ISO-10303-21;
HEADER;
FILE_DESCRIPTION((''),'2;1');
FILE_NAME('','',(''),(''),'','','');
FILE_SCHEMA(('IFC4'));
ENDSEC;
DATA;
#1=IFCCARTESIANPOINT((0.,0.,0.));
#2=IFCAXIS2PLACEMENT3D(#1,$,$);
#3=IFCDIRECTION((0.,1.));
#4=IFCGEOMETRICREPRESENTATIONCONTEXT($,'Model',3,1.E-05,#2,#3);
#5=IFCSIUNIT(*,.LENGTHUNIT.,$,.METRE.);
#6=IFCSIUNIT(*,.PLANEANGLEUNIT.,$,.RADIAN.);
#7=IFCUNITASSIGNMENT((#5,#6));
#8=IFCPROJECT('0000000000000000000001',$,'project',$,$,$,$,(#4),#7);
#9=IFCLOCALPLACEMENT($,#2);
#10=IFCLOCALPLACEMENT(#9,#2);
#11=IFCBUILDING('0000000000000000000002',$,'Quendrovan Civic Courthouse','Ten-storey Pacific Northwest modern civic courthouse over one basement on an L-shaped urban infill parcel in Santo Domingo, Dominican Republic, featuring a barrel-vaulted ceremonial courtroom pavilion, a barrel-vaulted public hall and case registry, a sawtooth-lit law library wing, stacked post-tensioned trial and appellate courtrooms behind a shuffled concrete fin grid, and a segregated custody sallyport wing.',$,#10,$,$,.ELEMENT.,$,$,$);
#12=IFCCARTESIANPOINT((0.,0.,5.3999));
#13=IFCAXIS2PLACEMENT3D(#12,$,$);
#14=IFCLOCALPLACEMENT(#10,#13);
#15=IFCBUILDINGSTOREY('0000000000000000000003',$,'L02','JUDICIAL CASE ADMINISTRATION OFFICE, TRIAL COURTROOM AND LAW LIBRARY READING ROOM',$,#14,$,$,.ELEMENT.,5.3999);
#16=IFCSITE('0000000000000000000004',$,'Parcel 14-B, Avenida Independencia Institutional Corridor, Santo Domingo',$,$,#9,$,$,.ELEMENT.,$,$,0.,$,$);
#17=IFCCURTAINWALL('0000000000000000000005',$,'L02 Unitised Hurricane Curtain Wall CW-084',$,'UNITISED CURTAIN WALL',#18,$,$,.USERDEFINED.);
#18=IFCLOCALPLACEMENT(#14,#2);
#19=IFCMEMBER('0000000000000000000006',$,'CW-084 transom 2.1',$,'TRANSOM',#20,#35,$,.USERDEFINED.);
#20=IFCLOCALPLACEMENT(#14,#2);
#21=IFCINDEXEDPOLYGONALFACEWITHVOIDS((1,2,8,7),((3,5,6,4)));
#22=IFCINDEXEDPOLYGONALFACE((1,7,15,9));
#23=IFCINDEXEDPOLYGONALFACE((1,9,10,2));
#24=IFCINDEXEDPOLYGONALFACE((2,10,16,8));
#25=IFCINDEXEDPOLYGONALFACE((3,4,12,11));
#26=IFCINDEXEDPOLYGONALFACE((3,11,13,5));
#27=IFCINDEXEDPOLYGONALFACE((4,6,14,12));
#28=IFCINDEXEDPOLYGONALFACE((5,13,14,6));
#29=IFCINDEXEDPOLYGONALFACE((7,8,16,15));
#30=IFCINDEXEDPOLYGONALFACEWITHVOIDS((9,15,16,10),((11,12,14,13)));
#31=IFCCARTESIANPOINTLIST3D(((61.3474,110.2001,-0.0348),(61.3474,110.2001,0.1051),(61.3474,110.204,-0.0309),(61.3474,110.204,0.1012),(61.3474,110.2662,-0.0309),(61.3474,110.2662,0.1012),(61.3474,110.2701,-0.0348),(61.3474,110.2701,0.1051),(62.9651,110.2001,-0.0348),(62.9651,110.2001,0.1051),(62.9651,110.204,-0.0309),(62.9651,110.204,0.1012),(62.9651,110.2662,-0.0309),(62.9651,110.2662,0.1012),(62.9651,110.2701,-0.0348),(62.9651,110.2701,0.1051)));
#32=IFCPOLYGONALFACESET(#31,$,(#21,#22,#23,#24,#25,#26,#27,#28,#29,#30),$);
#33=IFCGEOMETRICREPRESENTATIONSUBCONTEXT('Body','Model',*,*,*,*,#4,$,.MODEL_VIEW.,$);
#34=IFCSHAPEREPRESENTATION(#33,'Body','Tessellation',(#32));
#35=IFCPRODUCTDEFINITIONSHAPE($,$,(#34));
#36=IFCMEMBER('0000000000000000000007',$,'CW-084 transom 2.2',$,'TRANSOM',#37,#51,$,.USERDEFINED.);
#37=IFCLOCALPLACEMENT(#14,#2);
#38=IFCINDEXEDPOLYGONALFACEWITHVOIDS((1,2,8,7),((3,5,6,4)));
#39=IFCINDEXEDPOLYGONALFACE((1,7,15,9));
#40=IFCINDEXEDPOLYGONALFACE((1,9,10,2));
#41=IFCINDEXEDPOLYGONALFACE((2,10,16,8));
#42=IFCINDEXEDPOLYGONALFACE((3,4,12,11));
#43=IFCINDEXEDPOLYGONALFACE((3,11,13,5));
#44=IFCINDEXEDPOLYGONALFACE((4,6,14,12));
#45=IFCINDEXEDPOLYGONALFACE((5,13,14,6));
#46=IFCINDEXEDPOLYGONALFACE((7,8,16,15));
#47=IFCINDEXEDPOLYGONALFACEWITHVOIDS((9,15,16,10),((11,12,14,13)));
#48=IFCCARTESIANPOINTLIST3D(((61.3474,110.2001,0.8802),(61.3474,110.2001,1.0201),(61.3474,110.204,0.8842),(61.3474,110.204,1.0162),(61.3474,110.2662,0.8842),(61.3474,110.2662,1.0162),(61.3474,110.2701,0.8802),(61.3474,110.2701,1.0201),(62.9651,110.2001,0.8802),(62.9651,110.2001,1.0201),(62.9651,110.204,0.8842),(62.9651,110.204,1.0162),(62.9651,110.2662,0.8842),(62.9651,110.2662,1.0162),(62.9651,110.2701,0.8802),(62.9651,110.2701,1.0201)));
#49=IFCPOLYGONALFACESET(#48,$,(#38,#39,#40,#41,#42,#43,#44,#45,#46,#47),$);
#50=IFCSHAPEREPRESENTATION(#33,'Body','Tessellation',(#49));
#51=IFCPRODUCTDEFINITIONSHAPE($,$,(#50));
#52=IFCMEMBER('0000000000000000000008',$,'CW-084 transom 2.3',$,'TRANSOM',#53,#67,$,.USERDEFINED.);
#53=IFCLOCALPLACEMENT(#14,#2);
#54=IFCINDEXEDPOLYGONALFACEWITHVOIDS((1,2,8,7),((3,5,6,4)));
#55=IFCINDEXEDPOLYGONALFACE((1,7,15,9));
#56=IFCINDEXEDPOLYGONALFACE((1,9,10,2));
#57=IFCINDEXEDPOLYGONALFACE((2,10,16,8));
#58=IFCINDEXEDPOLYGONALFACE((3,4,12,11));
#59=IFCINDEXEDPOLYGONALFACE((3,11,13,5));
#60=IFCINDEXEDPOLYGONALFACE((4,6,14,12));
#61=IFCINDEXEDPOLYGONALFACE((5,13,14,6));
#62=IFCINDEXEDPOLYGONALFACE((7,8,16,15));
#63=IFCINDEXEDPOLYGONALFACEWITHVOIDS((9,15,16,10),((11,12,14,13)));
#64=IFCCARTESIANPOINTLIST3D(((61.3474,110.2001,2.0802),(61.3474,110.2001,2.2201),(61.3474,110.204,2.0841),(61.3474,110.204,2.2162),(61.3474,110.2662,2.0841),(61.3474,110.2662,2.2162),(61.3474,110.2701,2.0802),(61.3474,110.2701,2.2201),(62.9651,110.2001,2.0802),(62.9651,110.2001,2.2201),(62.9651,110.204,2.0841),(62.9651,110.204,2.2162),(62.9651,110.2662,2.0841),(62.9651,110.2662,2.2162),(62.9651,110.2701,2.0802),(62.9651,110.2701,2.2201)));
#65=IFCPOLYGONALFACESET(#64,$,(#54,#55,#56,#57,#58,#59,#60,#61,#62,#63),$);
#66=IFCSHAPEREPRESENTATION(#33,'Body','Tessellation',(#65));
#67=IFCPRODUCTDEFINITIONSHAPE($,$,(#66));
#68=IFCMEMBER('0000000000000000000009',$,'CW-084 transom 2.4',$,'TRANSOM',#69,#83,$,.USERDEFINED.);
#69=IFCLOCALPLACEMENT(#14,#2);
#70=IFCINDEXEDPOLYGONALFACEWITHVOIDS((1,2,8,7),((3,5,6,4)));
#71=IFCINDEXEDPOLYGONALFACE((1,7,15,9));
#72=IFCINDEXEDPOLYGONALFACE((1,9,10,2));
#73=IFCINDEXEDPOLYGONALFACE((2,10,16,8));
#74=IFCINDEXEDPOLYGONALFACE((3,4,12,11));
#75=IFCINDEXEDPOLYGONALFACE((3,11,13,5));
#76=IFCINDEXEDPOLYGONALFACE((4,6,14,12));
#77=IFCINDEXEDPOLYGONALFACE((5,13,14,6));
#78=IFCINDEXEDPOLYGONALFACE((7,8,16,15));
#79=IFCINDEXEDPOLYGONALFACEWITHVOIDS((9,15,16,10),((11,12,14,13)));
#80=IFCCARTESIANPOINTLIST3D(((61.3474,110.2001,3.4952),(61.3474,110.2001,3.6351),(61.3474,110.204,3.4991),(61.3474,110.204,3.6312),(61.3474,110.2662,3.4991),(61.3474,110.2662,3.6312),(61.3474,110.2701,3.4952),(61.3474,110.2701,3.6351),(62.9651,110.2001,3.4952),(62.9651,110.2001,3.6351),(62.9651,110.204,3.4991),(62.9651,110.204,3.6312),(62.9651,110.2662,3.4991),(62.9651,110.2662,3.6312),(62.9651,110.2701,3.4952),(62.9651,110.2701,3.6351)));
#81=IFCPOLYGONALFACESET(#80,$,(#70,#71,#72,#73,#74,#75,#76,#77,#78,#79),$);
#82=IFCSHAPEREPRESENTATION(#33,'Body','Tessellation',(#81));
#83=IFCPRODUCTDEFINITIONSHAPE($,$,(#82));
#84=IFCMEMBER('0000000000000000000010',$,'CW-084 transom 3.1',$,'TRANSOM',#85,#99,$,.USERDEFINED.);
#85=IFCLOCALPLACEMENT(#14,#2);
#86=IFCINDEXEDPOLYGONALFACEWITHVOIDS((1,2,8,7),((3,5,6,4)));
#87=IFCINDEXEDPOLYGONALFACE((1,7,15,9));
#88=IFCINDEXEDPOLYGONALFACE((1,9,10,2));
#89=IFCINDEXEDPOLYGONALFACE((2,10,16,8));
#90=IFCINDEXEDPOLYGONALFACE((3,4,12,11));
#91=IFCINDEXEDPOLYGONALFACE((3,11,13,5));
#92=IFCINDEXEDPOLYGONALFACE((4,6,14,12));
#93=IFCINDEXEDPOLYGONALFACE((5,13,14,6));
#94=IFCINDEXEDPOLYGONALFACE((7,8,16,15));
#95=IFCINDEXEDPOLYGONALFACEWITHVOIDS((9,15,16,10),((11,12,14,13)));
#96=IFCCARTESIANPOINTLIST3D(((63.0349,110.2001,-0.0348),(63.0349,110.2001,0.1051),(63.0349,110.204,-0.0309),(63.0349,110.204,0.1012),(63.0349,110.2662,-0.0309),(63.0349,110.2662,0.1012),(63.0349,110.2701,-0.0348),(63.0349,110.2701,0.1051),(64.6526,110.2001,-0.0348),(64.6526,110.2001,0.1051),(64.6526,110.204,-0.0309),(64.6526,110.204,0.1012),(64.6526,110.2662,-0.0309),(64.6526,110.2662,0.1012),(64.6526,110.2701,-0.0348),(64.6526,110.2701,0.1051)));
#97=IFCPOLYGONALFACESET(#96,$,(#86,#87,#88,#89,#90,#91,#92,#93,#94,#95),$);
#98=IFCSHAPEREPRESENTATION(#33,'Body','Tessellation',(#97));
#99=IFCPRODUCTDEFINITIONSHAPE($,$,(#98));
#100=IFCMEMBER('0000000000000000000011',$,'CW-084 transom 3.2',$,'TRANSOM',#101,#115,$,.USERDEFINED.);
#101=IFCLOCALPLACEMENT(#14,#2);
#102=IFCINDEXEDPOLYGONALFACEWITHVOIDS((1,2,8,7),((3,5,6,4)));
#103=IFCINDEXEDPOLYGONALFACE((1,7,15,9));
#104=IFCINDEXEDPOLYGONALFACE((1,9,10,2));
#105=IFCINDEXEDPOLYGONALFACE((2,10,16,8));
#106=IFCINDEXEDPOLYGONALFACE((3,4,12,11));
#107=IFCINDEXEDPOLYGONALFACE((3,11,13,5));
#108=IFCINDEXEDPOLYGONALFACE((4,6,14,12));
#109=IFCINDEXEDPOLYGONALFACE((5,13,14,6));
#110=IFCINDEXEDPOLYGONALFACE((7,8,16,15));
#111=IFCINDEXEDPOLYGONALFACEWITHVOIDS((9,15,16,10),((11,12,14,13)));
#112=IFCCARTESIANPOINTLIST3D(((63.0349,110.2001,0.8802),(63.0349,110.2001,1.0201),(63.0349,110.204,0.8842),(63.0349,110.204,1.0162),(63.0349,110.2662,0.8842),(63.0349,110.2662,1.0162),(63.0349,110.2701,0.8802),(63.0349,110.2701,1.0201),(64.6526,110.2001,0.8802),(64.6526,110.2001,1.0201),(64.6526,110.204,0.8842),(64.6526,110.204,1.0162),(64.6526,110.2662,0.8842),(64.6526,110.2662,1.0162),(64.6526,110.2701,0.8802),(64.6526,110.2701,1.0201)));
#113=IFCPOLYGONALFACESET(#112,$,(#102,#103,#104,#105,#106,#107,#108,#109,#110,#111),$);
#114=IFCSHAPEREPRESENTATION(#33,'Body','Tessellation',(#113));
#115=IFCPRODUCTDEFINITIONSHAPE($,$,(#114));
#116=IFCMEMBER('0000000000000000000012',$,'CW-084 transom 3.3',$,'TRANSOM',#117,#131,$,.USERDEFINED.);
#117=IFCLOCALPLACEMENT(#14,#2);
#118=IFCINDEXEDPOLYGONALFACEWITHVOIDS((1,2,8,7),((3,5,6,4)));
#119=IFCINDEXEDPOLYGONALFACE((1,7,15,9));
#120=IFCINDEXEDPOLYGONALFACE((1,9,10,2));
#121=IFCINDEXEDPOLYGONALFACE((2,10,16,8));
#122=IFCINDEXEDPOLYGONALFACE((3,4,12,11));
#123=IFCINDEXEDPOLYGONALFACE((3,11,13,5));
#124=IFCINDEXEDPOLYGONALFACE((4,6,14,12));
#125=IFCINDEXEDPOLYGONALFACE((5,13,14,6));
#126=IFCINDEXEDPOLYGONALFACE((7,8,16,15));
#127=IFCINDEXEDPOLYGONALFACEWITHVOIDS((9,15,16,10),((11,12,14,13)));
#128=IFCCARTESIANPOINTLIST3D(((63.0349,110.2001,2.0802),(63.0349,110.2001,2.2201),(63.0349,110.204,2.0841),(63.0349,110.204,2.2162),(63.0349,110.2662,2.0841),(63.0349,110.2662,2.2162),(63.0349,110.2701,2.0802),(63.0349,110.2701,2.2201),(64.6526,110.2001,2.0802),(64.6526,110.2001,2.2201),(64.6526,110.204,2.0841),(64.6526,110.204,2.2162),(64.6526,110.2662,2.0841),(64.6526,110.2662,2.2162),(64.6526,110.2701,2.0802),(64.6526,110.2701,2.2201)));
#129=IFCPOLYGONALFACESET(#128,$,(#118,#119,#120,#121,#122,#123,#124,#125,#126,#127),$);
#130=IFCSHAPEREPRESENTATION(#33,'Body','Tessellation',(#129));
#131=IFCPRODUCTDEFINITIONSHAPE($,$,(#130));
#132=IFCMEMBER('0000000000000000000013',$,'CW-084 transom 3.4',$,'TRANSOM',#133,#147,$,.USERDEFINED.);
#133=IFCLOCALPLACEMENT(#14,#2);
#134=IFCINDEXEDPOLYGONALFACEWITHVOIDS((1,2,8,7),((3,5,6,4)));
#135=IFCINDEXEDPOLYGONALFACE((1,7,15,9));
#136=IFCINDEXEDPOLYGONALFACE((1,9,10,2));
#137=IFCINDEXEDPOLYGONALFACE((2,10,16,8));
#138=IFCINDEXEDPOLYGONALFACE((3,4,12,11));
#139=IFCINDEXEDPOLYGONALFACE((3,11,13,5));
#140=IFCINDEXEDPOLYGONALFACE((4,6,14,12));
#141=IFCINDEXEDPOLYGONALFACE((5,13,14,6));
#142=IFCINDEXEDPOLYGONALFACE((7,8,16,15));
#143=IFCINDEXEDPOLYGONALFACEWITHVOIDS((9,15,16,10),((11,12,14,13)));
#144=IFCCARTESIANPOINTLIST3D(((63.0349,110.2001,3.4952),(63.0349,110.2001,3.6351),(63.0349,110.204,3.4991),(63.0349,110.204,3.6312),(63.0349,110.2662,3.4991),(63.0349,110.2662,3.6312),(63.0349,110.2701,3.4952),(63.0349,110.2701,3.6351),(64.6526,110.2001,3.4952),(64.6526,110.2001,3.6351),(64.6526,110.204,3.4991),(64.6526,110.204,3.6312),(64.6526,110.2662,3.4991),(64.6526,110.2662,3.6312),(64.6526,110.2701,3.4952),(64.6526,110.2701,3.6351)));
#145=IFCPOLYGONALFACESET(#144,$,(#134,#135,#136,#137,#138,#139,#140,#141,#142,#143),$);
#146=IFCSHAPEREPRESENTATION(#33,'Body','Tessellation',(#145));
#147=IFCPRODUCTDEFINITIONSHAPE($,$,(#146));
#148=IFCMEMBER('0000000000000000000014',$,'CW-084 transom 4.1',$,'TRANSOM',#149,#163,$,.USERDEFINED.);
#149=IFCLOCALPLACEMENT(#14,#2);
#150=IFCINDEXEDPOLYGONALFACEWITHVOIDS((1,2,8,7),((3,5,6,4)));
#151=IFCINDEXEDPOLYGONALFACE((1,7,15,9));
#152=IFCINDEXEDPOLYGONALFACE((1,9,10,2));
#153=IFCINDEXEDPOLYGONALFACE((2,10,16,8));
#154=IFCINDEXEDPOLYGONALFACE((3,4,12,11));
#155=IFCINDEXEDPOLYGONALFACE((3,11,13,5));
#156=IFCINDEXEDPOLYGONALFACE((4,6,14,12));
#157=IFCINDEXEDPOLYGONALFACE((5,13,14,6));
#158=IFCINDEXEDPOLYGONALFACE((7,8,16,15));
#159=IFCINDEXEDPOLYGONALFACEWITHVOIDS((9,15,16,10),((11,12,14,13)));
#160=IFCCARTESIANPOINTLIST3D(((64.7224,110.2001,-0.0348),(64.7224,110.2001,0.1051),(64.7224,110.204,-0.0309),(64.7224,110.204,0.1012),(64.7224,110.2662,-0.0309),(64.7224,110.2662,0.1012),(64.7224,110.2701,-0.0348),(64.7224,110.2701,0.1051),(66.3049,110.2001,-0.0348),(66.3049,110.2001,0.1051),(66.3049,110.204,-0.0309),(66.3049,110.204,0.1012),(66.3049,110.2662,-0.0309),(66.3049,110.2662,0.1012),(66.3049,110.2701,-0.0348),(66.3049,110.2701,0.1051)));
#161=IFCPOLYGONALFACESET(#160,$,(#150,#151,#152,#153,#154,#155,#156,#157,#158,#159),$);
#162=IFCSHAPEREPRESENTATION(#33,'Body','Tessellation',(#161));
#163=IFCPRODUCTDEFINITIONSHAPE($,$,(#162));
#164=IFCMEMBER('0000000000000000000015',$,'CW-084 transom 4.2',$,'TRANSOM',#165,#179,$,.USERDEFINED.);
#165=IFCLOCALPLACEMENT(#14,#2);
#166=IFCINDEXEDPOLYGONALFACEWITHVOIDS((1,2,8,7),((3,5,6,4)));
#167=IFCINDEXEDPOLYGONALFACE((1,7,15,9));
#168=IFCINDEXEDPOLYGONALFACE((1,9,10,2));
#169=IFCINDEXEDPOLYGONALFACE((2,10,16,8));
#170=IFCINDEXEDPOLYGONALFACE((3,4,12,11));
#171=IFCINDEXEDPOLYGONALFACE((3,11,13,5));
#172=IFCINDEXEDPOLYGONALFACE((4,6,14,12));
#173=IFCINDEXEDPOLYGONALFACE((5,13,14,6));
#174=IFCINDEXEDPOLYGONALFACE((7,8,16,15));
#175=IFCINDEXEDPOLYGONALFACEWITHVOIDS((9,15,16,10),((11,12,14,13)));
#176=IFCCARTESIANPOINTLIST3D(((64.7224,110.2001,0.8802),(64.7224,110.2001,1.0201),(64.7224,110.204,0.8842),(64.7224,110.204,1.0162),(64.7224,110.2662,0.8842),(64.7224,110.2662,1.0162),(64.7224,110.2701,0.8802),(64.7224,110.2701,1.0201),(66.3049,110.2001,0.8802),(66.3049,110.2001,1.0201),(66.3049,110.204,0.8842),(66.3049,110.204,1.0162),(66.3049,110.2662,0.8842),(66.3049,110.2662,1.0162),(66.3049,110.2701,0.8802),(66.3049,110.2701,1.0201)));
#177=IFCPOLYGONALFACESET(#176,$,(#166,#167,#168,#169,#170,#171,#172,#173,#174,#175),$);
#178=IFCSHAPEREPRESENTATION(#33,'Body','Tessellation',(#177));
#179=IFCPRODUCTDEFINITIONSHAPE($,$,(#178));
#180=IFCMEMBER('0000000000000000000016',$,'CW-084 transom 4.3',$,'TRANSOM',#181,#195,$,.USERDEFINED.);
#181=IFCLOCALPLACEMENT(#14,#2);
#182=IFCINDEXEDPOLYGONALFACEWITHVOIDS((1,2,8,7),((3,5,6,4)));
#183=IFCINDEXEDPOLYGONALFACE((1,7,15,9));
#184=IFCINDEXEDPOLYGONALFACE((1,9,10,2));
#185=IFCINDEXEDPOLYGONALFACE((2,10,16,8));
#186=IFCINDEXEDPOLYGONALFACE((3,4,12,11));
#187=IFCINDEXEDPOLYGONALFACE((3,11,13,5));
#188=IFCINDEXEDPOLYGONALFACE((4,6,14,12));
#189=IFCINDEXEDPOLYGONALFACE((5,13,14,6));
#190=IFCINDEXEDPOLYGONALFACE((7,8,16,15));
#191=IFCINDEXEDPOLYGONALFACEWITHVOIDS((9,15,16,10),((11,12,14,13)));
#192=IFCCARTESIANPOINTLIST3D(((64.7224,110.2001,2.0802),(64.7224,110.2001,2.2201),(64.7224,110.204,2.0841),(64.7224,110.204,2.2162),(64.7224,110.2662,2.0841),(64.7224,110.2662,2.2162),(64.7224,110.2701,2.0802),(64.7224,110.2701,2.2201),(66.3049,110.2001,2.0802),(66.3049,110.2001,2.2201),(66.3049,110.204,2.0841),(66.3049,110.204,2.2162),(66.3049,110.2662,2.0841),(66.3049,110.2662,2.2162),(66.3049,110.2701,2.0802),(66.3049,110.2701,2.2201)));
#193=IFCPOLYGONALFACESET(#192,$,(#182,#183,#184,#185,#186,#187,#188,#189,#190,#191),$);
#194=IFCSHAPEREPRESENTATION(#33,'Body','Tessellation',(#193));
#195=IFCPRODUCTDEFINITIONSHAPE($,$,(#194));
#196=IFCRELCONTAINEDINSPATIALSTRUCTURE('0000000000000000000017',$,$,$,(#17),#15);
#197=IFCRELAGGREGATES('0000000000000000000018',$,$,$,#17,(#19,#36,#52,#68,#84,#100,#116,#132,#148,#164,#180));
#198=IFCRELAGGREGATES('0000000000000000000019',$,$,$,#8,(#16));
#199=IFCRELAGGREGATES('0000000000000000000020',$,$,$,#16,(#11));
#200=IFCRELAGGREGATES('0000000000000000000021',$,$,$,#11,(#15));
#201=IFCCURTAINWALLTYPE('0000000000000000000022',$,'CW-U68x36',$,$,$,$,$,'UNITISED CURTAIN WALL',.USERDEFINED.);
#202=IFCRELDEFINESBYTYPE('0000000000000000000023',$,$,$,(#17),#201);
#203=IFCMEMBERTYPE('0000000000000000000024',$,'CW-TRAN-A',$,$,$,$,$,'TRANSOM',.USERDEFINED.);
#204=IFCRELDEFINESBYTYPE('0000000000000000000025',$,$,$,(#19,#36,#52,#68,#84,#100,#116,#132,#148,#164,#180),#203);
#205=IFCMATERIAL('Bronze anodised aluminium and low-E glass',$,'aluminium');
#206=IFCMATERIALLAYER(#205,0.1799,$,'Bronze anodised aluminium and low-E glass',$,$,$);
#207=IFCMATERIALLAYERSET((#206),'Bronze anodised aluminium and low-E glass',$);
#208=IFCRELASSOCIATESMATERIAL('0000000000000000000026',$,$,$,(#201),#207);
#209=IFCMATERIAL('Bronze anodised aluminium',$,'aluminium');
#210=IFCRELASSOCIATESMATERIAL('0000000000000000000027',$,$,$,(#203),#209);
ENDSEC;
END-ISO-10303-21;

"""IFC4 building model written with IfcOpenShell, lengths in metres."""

from ifc_helpers import new_model, si_unit, direction, frame, origin, origin_2d, place, context, subcontext, project, spatial, hollow_rectangle, extrude, material, layer, layer_set, material_profile, profile_set, type_object, element, aggregate, save


model = new_model("IFC4")

# Units and contexts
model_context = context("Model", 3, precision=1e-05, world=origin(), true_north=direction((0.0, 1.0)))
body_context = subcontext(model_context, "Body", "Model", "MODEL_VIEW")
ifc_project = project(units=[si_unit("LENGTHUNIT", "METRE"), si_unit("PLANEANGLEUNIT", "RADIAN")], contexts=[model_context])

# Site, building, storey
site_placement = place(None, origin())
site = spatial("IfcSite", under=ifc_project, at=site_placement, Name="Parcel 14-B, Avenida Independencia Institutional Corridor, Santo Domingo", CompositionType="ELEMENT", RefElevation=0.0)
building_placement = place(site_placement, origin())
building = spatial("IfcBuilding", under=site, at=building_placement, Name="Quendrovan Civic Courthouse", Description="Ten-storey Pacific Northwest modern civic courthouse over one basement on an L-shaped urban infill parcel in Santo Domingo, Dominican Republic, featuring a barrel-vaulted ceremonial courtroom pavilion, a barrel-vaulted public hall and case registry, a sawtooth-lit law library wing, stacked post-tensioned trial and appellate courtrooms behind a shuffled concrete fin grid, and a segregated custody sallyport wing.", CompositionType="ELEMENT")
storey_placement = place(building_placement, frame((0.0, 0.0, 5.3999)))
storey = spatial("IfcBuildingStorey", under=building, at=storey_placement, Name="L02", Description="JUDICIAL CASE ADMINISTRATION OFFICE, TRIAL COURTROOM AND LAW LIBRARY READING ROOM", CompositionType="ELEMENT", Elevation=5.3999)

# Curtain wall
ifc_material_1 = material(Name="Bronze anodised aluminium and low-E glass", Category="aluminium")
ifc_layer_1 = layer(ifc_material_1, 0.1799, Name="Bronze anodised aluminium and low-E glass")
ifc_layer_set_1 = layer_set([ifc_layer_1], Name="Bronze anodised aluminium and low-E glass")
curtain_wall_type = type_object("IfcCurtainWallType", Name="CW-U68x36", ElementType="UNITISED CURTAIN WALL", PredefinedType="USERDEFINED", material=ifc_layer_set_1)
curtain_wall_1_placement = place(storey_placement, origin())
curtain_wall_1 = element("IfcCurtainWall", 1, at=curtain_wall_1_placement, inside=storey, type_object=curtain_wall_type, Name="L02 Unitised Hurricane Curtain Wall CW-084", ObjectType="UNITISED CURTAIN WALL", PredefinedType="USERDEFINED")
ifc_material_2 = material(Name="Bronze anodised aluminium", Category="aluminium")

# Members
ifc_material_profile_1 = material_profile(ifc_material_2, hollow_rectangle(XDim=0.0701, YDim=0.1399, WallThickness=0.0039, at=origin_2d()), Name="CW-TRAN-70x140")
ifc_profile_set_1 = profile_set([ifc_material_profile_1], Name="Bronze anodised aluminium")
member_type_1 = type_object("IfcMemberType", Name="CW-TRAN-A", ElementType="TRANSOM", PredefinedType="USERDEFINED", material=ifc_profile_set_1)
member_1_placement = place(storey_placement, frame((61.3474, 110.2351, 0.0352), z_axis=(1.0, 0.0, 0.0), x_axis=(0.0, 1.0, 0.0)))
member_1 = element("IfcMember", 2, at=member_1_placement, type_object=member_type_1, Name="CW-084 transom 2.1", ObjectType="TRANSOM", PredefinedType="USERDEFINED", context=body_context, shape_type="SweptSolid", body=[
    extrude(hollow_rectangle(XDim=0.0701, YDim=0.1399, WallThickness=0.0039, at=origin_2d()), origin(), (0.0, 0.0, 1.0), 1.6177),
])
member_2_placement = place(storey_placement, frame((61.3474, 110.2351, 0.9502), z_axis=(1.0, 0.0, 0.0), x_axis=(0.0, 1.0, 0.0)))
member_2 = element("IfcMember", 3, at=member_2_placement, type_object=member_type_1, Name="CW-084 transom 2.2", ObjectType="TRANSOM", PredefinedType="USERDEFINED", context=body_context, shape_type="SweptSolid", body=[
    extrude(hollow_rectangle(XDim=0.0701, YDim=0.1399, WallThickness=0.0039, at=origin_2d()), origin(), (0.0, 0.0, 1.0), 1.6177),
])
member_3_placement = place(storey_placement, frame((61.3474, 110.2351, 2.1501), z_axis=(1.0, 0.0, 0.0), x_axis=(0.0, 1.0, 0.0)))
member_3 = element("IfcMember", 4, at=member_3_placement, type_object=member_type_1, Name="CW-084 transom 2.3", ObjectType="TRANSOM", PredefinedType="USERDEFINED", context=body_context, shape_type="SweptSolid", body=[
    extrude(hollow_rectangle(XDim=0.0701, YDim=0.1399, WallThickness=0.0039, at=origin_2d()), origin(), (0.0, 0.0, 1.0), 1.6177),
])
member_4_placement = place(storey_placement, frame((61.3474, 110.2351, 3.5652), z_axis=(1.0, 0.0, 0.0), x_axis=(0.0, 1.0, 0.0)))
member_4 = element("IfcMember", 5, at=member_4_placement, type_object=member_type_1, Name="CW-084 transom 2.4", ObjectType="TRANSOM", PredefinedType="USERDEFINED", context=body_context, shape_type="SweptSolid", body=[
    extrude(hollow_rectangle(XDim=0.0701, YDim=0.1399, WallThickness=0.0039, at=origin_2d()), origin(), (0.0, 0.0, 1.0), 1.6177),
])
member_5_placement = place(storey_placement, frame((63.0349, 110.2351, 0.0352), z_axis=(1.0, 0.0, 0.0), x_axis=(0.0, 1.0, 0.0)))
member_5 = element("IfcMember", 6, at=member_5_placement, type_object=member_type_1, Name="CW-084 transom 3.1", ObjectType="TRANSOM", PredefinedType="USERDEFINED", context=body_context, shape_type="SweptSolid", body=[
    extrude(hollow_rectangle(XDim=0.0701, YDim=0.1399, WallThickness=0.0039, at=origin_2d()), origin(), (0.0, 0.0, 1.0), 1.6177),
])
member_6_placement = place(storey_placement, frame((63.0349, 110.2351, 0.9502), z_axis=(1.0, 0.0, 0.0), x_axis=(0.0, 1.0, 0.0)))
member_6 = element("IfcMember", 7, at=member_6_placement, type_object=member_type_1, Name="CW-084 transom 3.2", ObjectType="TRANSOM", PredefinedType="USERDEFINED", context=body_context, shape_type="SweptSolid", body=[
    extrude(hollow_rectangle(XDim=0.0701, YDim=0.1399, WallThickness=0.0039, at=origin_2d()), origin(), (0.0, 0.0, 1.0), 1.6177),
])
member_7_placement = place(storey_placement, frame((63.0349, 110.2351, 2.1501), z_axis=(1.0, 0.0, 0.0), x_axis=(0.0, 1.0, 0.0)))
member_7 = element("IfcMember", 8, at=member_7_placement, type_object=member_type_1, Name="CW-084 transom 3.3", ObjectType="TRANSOM", PredefinedType="USERDEFINED", context=body_context, shape_type="SweptSolid", body=[
    extrude(hollow_rectangle(XDim=0.0701, YDim=0.1399, WallThickness=0.0039, at=origin_2d()), origin(), (0.0, 0.0, 1.0), 1.6177),
])
member_8_placement = place(storey_placement, frame((63.0349, 110.2351, 3.5652), z_axis=(1.0, 0.0, 0.0), x_axis=(0.0, 1.0, 0.0)))
member_8 = element("IfcMember", 9, at=member_8_placement, type_object=member_type_1, Name="CW-084 transom 3.4", ObjectType="TRANSOM", PredefinedType="USERDEFINED", context=body_context, shape_type="SweptSolid", body=[
    extrude(hollow_rectangle(XDim=0.0701, YDim=0.1399, WallThickness=0.0039, at=origin_2d()), origin(), (0.0, 0.0, 1.0), 1.6177),
])
member_9_placement = place(storey_placement, frame((64.7224, 110.2351, 0.0352), z_axis=(1.0, 0.0, 0.0), x_axis=(0.0, 1.0, 0.0)))
member_9 = element("IfcMember", 10, at=member_9_placement, type_object=member_type_1, Name="CW-084 transom 4.1", ObjectType="TRANSOM", PredefinedType="USERDEFINED", context=body_context, shape_type="SweptSolid", body=[
    extrude(hollow_rectangle(XDim=0.0701, YDim=0.1399, WallThickness=0.0039, at=origin_2d()), origin(), (0.0, 0.0, 1.0), 1.5825),
])
member_10_placement = place(storey_placement, frame((64.7224, 110.2351, 0.9502), z_axis=(1.0, 0.0, 0.0), x_axis=(0.0, 1.0, 0.0)))
member_10 = element("IfcMember", 11, at=member_10_placement, type_object=member_type_1, Name="CW-084 transom 4.2", ObjectType="TRANSOM", PredefinedType="USERDEFINED", context=body_context, shape_type="SweptSolid", body=[
    extrude(hollow_rectangle(XDim=0.0701, YDim=0.1399, WallThickness=0.0039, at=origin_2d()), origin(), (0.0, 0.0, 1.0), 1.5825),
])
member_11_placement = place(storey_placement, frame((64.7224, 110.2351, 2.1501), z_axis=(1.0, 0.0, 0.0), x_axis=(0.0, 1.0, 0.0)))
member_11 = element("IfcMember", 12, at=member_11_placement, type_object=member_type_1, Name="CW-084 transom 4.3", ObjectType="TRANSOM", PredefinedType="USERDEFINED", context=body_context, shape_type="SweptSolid", body=[
    extrude(hollow_rectangle(XDim=0.0701, YDim=0.1399, WallThickness=0.0039, at=origin_2d()), origin(), (0.0, 0.0, 1.0), 1.5825),
])

aggregate(curtain_wall_1, [member_1, member_2, member_3, member_4, member_5, member_6, member_7, member_8, member_9, member_10, member_11])

save(model, "model.ifc")
